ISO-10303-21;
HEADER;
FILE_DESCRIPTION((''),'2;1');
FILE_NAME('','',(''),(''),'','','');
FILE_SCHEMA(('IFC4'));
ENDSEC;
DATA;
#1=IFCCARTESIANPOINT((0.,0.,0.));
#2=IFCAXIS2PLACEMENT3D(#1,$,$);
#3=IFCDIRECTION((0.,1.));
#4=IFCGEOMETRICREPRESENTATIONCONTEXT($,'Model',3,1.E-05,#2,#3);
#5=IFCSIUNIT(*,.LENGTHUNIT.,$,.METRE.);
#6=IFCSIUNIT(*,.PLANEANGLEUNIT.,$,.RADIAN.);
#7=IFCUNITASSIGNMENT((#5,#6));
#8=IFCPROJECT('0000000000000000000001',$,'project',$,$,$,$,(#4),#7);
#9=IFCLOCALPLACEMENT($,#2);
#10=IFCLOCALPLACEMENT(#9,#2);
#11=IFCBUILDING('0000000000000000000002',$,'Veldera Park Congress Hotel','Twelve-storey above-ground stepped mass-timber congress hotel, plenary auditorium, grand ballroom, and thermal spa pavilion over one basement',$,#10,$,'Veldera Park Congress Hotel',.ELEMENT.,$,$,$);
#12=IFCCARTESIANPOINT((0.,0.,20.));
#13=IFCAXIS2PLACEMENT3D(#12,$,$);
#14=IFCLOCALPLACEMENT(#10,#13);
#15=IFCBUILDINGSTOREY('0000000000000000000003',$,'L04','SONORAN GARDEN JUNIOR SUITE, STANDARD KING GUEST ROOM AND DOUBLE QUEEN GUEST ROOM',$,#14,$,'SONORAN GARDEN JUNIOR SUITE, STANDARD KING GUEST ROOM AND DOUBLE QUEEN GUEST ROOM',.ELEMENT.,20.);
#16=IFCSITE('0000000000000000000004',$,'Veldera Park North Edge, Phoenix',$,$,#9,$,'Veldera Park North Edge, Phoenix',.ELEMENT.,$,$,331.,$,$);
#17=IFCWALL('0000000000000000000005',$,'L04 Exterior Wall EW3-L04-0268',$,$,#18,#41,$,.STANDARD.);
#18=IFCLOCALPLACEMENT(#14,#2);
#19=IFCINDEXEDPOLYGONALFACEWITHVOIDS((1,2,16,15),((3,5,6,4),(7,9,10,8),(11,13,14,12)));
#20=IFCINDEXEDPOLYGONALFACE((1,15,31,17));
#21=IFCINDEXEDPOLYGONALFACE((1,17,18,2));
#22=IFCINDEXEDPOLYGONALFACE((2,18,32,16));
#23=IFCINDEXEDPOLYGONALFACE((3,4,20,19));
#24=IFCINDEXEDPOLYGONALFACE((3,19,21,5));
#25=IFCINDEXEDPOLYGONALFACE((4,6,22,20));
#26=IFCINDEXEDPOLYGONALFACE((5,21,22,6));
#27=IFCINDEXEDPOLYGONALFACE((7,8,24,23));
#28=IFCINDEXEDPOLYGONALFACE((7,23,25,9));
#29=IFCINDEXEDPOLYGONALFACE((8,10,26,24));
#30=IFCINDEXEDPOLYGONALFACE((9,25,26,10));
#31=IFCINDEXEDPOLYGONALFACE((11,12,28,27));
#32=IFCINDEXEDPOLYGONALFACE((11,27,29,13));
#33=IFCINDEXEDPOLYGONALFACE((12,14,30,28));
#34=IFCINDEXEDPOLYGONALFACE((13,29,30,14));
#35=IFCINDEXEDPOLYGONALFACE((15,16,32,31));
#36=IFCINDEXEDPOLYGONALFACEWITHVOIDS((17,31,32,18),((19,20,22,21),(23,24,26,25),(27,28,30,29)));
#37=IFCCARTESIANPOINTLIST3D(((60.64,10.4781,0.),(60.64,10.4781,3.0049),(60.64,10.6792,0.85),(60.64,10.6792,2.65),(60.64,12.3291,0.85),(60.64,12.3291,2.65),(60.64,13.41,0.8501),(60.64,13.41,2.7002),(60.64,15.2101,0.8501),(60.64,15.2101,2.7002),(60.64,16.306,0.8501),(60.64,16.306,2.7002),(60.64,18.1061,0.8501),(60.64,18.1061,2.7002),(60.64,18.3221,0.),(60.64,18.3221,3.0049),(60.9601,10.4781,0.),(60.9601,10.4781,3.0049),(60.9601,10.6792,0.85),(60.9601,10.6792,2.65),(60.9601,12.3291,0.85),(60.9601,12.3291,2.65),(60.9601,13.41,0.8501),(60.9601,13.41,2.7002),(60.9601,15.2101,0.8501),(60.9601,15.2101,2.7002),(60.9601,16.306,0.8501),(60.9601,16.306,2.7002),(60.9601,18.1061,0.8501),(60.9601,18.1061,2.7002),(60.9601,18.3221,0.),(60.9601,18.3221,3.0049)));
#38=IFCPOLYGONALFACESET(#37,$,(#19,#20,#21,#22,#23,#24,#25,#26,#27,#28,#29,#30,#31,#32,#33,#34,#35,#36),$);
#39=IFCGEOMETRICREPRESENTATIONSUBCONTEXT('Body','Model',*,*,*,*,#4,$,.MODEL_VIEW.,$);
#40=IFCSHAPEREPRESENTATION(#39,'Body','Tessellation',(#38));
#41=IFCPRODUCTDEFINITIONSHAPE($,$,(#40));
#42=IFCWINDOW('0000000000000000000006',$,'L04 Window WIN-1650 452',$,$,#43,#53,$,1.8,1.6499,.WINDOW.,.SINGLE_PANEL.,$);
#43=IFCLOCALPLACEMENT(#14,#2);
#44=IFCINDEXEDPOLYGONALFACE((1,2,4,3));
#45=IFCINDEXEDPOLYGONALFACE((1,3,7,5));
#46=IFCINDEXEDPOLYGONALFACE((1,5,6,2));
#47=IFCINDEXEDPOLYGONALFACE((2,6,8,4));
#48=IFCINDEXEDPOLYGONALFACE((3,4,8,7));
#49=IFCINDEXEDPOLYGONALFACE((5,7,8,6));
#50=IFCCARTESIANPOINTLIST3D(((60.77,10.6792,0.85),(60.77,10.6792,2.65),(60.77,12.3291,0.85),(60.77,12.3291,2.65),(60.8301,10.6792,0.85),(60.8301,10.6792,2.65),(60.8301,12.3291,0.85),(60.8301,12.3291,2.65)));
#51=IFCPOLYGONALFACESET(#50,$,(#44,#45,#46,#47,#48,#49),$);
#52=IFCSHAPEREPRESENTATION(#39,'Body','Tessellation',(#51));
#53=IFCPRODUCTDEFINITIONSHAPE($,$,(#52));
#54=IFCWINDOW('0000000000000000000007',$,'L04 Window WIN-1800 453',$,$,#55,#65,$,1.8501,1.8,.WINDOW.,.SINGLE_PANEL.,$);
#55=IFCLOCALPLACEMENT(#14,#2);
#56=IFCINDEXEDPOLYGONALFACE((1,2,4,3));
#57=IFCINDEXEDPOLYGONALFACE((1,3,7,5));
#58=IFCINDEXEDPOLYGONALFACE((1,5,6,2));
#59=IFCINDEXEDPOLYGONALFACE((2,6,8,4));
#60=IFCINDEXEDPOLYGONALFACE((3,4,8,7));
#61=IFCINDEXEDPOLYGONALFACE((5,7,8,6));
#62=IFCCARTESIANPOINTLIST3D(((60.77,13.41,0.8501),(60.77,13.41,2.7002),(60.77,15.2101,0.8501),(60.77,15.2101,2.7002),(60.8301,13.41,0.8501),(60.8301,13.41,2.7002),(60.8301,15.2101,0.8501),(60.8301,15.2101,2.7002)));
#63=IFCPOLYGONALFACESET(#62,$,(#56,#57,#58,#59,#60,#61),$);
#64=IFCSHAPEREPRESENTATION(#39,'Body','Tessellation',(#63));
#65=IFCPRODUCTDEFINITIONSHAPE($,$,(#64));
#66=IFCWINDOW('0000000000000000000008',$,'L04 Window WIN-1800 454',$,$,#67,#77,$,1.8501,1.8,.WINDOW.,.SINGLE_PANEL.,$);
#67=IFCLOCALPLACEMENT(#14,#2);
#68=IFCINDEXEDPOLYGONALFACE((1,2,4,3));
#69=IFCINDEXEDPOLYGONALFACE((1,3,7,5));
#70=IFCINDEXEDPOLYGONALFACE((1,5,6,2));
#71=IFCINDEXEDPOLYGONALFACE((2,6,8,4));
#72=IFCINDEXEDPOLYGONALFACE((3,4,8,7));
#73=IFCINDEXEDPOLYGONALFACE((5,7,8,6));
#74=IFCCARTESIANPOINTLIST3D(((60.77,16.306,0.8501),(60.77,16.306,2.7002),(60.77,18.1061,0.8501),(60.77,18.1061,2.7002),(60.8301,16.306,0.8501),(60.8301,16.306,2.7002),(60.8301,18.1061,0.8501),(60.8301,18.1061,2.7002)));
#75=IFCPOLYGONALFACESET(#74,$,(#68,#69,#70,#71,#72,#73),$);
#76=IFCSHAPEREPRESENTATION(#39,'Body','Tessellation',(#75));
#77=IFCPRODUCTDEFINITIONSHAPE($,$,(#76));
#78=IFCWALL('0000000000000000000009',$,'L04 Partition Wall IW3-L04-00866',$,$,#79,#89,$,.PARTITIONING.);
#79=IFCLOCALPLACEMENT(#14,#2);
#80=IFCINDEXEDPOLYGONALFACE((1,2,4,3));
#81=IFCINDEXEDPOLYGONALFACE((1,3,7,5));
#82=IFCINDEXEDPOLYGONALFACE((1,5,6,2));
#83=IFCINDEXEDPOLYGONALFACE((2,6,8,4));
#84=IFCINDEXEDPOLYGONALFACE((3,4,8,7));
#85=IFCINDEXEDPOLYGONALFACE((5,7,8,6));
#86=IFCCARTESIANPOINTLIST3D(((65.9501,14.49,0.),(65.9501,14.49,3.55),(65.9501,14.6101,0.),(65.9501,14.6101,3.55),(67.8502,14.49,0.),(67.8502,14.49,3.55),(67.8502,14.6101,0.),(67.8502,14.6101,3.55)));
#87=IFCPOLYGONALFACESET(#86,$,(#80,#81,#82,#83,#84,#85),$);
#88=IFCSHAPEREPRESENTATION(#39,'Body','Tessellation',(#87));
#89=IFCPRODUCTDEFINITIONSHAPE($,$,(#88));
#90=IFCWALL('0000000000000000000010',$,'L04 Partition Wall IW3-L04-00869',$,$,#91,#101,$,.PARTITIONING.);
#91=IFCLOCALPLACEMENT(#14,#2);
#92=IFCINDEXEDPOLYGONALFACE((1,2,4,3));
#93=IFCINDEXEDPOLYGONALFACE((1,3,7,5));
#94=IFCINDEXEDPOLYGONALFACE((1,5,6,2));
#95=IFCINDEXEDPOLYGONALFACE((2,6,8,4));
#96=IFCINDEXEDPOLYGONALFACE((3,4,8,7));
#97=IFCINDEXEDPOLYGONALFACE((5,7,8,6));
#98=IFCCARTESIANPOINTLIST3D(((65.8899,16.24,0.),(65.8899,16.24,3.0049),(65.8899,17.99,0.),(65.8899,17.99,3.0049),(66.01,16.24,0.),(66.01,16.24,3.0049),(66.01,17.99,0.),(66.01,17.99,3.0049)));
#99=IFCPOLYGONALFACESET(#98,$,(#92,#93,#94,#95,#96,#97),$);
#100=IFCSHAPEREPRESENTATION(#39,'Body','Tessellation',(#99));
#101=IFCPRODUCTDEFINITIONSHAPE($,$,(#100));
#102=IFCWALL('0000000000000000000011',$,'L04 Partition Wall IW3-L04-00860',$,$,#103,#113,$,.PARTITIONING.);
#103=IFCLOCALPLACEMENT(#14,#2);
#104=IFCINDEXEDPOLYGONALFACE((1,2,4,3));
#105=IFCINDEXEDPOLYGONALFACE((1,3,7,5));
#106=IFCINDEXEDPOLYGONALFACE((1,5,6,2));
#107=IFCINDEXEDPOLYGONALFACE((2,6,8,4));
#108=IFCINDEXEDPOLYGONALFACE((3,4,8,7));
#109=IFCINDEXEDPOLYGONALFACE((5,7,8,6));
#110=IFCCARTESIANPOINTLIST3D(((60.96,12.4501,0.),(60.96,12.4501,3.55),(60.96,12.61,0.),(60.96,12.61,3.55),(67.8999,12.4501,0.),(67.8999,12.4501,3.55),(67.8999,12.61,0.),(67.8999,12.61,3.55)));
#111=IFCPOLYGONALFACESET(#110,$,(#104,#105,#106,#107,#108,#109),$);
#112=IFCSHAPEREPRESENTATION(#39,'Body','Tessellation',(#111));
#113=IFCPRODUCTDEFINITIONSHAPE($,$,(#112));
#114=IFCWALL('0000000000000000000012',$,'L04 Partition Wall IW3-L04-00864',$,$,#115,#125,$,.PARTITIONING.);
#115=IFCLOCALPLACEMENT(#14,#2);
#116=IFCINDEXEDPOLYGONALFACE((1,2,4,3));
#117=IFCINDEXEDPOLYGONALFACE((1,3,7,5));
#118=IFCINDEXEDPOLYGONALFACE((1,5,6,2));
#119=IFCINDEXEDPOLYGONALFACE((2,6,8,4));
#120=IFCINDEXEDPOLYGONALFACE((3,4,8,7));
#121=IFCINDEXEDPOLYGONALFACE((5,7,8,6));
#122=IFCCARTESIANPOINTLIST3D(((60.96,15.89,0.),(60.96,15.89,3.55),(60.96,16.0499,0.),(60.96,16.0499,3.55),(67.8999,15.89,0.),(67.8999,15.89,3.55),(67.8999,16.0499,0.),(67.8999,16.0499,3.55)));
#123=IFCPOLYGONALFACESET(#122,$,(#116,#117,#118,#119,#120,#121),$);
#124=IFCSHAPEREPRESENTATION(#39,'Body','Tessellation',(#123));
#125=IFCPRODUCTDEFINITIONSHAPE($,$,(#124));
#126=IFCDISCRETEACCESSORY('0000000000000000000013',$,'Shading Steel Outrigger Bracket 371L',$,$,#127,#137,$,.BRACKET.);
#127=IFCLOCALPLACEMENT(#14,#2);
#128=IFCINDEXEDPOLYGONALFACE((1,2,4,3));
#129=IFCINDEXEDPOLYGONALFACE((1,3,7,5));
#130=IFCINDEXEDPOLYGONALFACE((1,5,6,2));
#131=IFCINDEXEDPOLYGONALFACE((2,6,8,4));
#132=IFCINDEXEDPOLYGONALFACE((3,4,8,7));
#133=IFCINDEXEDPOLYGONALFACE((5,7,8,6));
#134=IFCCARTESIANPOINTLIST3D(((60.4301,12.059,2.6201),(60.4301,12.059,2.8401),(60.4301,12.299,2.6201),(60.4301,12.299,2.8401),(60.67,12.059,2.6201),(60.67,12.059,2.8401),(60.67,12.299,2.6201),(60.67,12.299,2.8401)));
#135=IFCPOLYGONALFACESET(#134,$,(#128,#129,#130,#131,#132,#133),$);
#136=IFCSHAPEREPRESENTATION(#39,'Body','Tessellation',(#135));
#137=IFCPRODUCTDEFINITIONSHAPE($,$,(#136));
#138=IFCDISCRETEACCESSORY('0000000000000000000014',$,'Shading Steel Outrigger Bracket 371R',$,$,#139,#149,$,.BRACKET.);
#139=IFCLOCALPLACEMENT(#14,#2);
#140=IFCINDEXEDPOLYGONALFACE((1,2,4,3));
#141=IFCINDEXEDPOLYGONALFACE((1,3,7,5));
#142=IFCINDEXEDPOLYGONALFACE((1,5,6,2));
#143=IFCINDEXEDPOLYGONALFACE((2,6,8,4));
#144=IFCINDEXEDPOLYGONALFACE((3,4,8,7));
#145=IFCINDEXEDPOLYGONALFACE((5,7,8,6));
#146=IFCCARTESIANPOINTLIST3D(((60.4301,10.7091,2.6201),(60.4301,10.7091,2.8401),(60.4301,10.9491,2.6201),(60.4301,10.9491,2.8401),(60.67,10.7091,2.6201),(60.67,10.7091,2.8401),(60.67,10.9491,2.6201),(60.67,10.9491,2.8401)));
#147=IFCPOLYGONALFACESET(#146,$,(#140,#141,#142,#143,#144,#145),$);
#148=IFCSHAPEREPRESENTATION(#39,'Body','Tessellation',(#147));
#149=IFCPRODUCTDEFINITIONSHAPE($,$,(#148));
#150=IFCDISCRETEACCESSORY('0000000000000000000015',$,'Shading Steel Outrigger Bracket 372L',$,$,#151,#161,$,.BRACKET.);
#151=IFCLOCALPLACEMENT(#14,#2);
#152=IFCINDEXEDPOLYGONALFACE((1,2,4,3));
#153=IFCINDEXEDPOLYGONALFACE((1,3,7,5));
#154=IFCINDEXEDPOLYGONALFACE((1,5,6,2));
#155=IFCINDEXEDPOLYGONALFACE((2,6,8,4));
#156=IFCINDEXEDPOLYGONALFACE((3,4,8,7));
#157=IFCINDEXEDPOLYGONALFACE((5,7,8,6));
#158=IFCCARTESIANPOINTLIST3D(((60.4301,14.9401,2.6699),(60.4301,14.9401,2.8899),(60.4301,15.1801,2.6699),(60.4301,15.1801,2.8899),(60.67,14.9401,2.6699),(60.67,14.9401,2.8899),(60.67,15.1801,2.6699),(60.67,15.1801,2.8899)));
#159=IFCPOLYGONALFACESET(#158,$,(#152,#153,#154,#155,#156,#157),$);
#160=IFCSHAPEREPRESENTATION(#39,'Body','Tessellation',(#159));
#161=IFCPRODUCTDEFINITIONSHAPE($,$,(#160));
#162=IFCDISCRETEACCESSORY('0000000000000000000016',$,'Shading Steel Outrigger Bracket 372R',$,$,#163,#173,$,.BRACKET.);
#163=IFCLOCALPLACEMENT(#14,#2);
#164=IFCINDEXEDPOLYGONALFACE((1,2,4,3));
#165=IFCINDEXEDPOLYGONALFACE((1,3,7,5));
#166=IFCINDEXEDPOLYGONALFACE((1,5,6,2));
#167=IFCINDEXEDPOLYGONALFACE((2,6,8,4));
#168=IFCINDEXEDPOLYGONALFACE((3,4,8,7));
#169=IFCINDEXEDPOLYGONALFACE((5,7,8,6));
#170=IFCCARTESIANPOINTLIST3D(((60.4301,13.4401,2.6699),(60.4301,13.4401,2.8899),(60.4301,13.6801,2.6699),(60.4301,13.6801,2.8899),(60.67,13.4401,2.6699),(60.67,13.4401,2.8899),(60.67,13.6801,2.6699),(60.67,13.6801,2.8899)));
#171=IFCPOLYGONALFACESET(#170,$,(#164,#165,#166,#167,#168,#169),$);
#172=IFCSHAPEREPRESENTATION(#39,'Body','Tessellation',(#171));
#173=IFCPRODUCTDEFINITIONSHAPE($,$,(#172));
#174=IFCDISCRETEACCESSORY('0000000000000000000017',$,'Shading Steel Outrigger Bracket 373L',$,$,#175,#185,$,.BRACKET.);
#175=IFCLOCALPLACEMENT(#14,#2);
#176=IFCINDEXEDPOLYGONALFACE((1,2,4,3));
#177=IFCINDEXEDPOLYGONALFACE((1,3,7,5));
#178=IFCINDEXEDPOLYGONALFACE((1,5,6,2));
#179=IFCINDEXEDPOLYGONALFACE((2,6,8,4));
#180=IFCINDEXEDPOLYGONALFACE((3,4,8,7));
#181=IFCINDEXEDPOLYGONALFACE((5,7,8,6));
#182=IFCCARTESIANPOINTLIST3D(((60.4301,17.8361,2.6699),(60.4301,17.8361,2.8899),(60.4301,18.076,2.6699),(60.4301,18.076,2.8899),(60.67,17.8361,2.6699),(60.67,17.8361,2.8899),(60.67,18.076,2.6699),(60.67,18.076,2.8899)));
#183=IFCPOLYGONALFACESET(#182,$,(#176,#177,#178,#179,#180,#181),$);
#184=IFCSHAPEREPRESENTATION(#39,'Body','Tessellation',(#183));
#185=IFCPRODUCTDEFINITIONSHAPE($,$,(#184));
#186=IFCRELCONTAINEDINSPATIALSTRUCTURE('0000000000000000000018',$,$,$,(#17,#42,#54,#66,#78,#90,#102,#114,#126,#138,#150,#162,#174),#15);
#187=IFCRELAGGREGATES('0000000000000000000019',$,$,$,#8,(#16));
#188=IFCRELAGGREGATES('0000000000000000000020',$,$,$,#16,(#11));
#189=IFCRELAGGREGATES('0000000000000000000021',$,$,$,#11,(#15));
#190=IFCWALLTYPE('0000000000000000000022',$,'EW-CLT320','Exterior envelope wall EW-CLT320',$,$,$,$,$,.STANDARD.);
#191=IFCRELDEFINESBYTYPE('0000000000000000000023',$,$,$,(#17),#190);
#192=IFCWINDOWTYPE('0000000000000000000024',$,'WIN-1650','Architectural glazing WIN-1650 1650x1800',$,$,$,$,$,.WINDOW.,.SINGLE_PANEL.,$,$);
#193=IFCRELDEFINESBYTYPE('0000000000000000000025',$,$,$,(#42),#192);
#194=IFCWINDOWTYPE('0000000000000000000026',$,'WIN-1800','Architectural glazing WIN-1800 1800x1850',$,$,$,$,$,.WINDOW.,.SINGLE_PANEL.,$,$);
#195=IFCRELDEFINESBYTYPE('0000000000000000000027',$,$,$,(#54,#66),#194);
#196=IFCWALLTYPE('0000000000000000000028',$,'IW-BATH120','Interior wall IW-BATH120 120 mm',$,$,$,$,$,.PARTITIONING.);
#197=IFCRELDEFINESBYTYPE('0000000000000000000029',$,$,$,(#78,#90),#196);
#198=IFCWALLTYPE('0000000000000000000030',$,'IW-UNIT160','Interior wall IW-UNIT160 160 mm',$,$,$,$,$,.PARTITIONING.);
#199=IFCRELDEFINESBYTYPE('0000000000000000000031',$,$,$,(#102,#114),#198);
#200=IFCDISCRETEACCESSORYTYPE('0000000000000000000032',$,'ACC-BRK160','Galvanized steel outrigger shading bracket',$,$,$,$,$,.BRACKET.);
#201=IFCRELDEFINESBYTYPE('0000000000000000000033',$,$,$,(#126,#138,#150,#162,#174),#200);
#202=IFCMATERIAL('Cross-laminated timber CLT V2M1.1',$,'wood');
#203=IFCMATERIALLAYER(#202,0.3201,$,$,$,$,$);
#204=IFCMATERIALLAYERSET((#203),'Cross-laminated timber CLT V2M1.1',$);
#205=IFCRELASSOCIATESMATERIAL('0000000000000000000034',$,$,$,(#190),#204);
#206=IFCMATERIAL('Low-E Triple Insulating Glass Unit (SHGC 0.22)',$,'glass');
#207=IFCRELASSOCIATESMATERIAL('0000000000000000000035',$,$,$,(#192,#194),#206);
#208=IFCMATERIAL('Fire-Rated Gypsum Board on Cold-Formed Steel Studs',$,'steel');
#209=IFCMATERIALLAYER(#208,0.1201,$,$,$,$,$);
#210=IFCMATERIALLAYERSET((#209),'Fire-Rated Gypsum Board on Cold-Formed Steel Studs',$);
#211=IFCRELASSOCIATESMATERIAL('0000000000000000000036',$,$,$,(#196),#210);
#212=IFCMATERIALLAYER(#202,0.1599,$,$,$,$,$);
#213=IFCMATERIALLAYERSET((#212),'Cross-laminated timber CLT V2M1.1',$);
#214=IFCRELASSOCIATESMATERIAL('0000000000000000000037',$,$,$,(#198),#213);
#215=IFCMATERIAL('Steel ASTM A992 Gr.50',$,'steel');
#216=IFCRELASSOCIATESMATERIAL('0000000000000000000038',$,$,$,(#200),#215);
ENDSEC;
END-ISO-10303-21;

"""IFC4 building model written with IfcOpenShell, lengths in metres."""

from ifc_helpers import new_model, si_unit, direction, frame, frame_2d, origin, origin_2d, place, context, subcontext, project, spatial, rectangle, extrude, material, layer, layer_set, type_object, element, fill, save


model = new_model("IFC4")

# Units and contexts
model_context = context("Model", 3, precision=1e-05, world=origin(), true_north=direction((0.0, 1.0)))
body_context = subcontext(model_context, "Body", "Model", "MODEL_VIEW")
ifc_project = project(units=[si_unit("LENGTHUNIT", "METRE"), si_unit("PLANEANGLEUNIT", "RADIAN")], contexts=[model_context])

# Site, building, storey
site_placement = place(None, origin())
site = spatial("IfcSite", under=ifc_project, at=site_placement, Name="Veldera Park North Edge, Phoenix", LongName="Veldera Park North Edge, Phoenix", CompositionType="ELEMENT", RefElevation=331.0)
building_placement = place(site_placement, origin())
building = spatial("IfcBuilding", under=site, at=building_placement, Name="Veldera Park Congress Hotel", Description="Twelve-storey above-ground stepped mass-timber congress hotel, plenary auditorium, grand ballroom, and thermal spa pavilion over one basement", LongName="Veldera Park Congress Hotel", CompositionType="ELEMENT")
storey_placement = place(building_placement, frame((0.0, 0.0, 20.0)))
storey = spatial("IfcBuildingStorey", under=building, at=storey_placement, Name="L04", Description="SONORAN GARDEN JUNIOR SUITE, STANDARD KING GUEST ROOM AND DOUBLE QUEEN GUEST ROOM", LongName="SONORAN GARDEN JUNIOR SUITE, STANDARD KING GUEST ROOM AND DOUBLE QUEEN GUEST ROOM", CompositionType="ELEMENT", Elevation=20.0)

# Wall, openings, windows
ifc_material_1 = material(Name="Cross-laminated timber CLT V2M1.1", Category="wood")
ifc_layer_1 = layer(ifc_material_1, 0.3201)
ifc_layer_set_1 = layer_set([ifc_layer_1], Name="Cross-laminated timber CLT V2M1.1")
wall_type_1 = type_object("IfcWallType", Name="EW-CLT320", Description="Exterior envelope wall EW-CLT320", PredefinedType="STANDARD", material=ifc_layer_set_1)
wall_1_placement = place(storey_placement, frame((60.8, 18.322, 0.0), z_axis=(0.0, 0.0, 1.0), x_axis=(0.0, -1.0, 0.0)))
wall_1 = element("IfcWall", 1, at=wall_1_placement, inside=storey, type_object=wall_type_1, Name="L04 Exterior Wall EW3-L04-0268", PredefinedType="STANDARD", context=body_context, shape_type="SweptSolid", body=[
    extrude(rectangle(XDim=7.844, YDim=0.3201, at=frame_2d((3.9219, 0.0))), origin(), (0.0, 0.0, 1.0), 3.0049),
])
opening_1_placement = place(wall_1_placement, frame((5.9929, 0.0, 0.8501)))
opening_1 = element("IfcOpeningElement", 2, at=opening_1_placement, cuts=wall_1, PredefinedType="OPENING", context=body_context, shape_type="SweptSolid", body=[
    extrude(rectangle(XDim=1.6499, YDim=1.8, at=frame_2d((0.825, 0.8999))), frame((0.0, 0.1721, 0.0), z_axis=(0.0, -1.0, 0.0), x_axis=(1.0, 0.0, 0.0)), (0.0, 0.0, 1.0), 0.344),
])
opening_2_placement = place(wall_1_placement, frame((3.1121, 0.0, 0.8501)))
opening_2 = element("IfcOpeningElement", 3, at=opening_2_placement, cuts=wall_1, PredefinedType="OPENING", context=body_context, shape_type="SweptSolid", body=[
    extrude(rectangle(XDim=1.8, YDim=1.8501, at=frame_2d((0.8999, 0.925))), frame((0.0, 0.1721, 0.0), z_axis=(0.0, -1.0, 0.0), x_axis=(1.0, 0.0, 0.0)), (0.0, 0.0, 1.0), 0.344),
])
opening_3_placement = place(wall_1_placement, frame((0.2161, 0.0, 0.8501)))
opening_3 = element("IfcOpeningElement", 4, at=opening_3_placement, cuts=wall_1, PredefinedType="OPENING", context=body_context, shape_type="SweptSolid", body=[
    extrude(rectangle(XDim=1.8, YDim=1.8501, at=frame_2d((0.8999, 0.925))), frame((0.0, 0.1721, 0.0), z_axis=(0.0, -1.0, 0.0), x_axis=(1.0, 0.0, 0.0)), (0.0, 0.0, 1.0), 0.344),
])
ifc_material_2 = material(Name="Low-E Triple Insulating Glass Unit (SHGC 0.22)", Category="glass")
window_type_1 = type_object("IfcWindowType", Name="WIN-1650", Description="Architectural glazing WIN-1650 1650x1800", PartitioningType="SINGLE_PANEL", PredefinedType="WINDOW", material=ifc_material_2)
window_1_placement = place(opening_1_placement, origin())
window_1 = element("IfcWindow", 5, at=window_1_placement, inside=storey, type_object=window_type_1, Name="L04 Window WIN-1650 452", OverallHeight=1.8, OverallWidth=1.6499, PartitioningType="SINGLE_PANEL", PredefinedType="WINDOW", context=body_context, shape_type="SweptSolid", body=[
    extrude(rectangle(XDim=1.6499, YDim=1.8, at=frame_2d((0.825, 0.8999))), frame((0.0, 0.03, 0.0), z_axis=(0.0, -1.0, 0.0), x_axis=(1.0, 0.0, 0.0)), (0.0, 0.0, 1.0), 0.0601),
])
fill(opening_1, window_1)
window_type_2 = type_object("IfcWindowType", Name="WIN-1800", Description="Architectural glazing WIN-1800 1800x1850", PartitioningType="SINGLE_PANEL", PredefinedType="WINDOW", material=ifc_material_2)
window_2_placement = place(opening_2_placement, origin())
window_2 = element("IfcWindow", 6, at=window_2_placement, inside=storey, type_object=window_type_2, Name="L04 Window WIN-1800 453", OverallHeight=1.8501, OverallWidth=1.8, PartitioningType="SINGLE_PANEL", PredefinedType="WINDOW", context=body_context, shape_type="SweptSolid", body=[
    extrude(rectangle(XDim=1.8, YDim=1.8501, at=frame_2d((0.8999, 0.925))), frame((0.0, 0.03, 0.0), z_axis=(0.0, -1.0, 0.0), x_axis=(1.0, 0.0, 0.0)), (0.0, 0.0, 1.0), 0.0601),
])
fill(opening_2, window_2)
window_3_placement = place(opening_3_placement, origin())
window_3 = element("IfcWindow", 7, at=window_3_placement, inside=storey, type_object=window_type_2, Name="L04 Window WIN-1800 454", OverallHeight=1.8501, OverallWidth=1.8, PartitioningType="SINGLE_PANEL", PredefinedType="WINDOW", context=body_context, shape_type="SweptSolid", body=[
    extrude(rectangle(XDim=1.8, YDim=1.8501, at=frame_2d((0.8999, 0.925))), frame((0.0, 0.03, 0.0), z_axis=(0.0, -1.0, 0.0), x_axis=(1.0, 0.0, 0.0)), (0.0, 0.0, 1.0), 0.0601),
])
fill(opening_3, window_3)

# Shared definitions
ifc_material_3 = material(Name="Fire-Rated Gypsum Board on Cold-Formed Steel Studs", Category="steel")
ifc_layer_2 = layer(ifc_material_3, 0.1201)
ifc_layer_set_2 = layer_set([ifc_layer_2], Name="Fire-Rated Gypsum Board on Cold-Formed Steel Studs")
wall_type_2 = type_object("IfcWallType", Name="IW-BATH120", Description="Interior wall IW-BATH120 120 mm", PredefinedType="PARTITIONING", material=ifc_layer_set_2)

# Walls
wall_2_placement = place(storey_placement, frame((65.95, 14.55, 0.0), z_axis=(0.0, 0.0, 1.0), x_axis=(1.0, 0.0, 0.0)))
element("IfcWall", 8, at=wall_2_placement, inside=storey, type_object=wall_type_2, Name="L04 Partition Wall IW3-L04-00866", PredefinedType="PARTITIONING", context=body_context, shape_type="SweptSolid", body=[
    extrude(rectangle(XDim=1.9001, YDim=0.1201, at=frame_2d((0.9502, 0.0))), origin(), (0.0, 0.0, 1.0), 3.55),
])
wall_3_placement = place(storey_placement, frame((65.95, 16.24, 0.0), z_axis=(0.0, 0.0, 1.0), x_axis=(0.0, 1.0, 0.0)))
element("IfcWall", 9, at=wall_3_placement, inside=storey, type_object=wall_type_2, Name="L04 Partition Wall IW3-L04-00869", PredefinedType="PARTITIONING", context=body_context, shape_type="SweptSolid", body=[
    extrude(rectangle(XDim=1.75, YDim=0.1201, at=frame_2d((0.875, 0.0))), origin(), (0.0, 0.0, 1.0), 3.0049),
])

# Walls
ifc_layer_3 = layer(ifc_material_1, 0.1599)
ifc_layer_set_3 = layer_set([ifc_layer_3], Name="Cross-laminated timber CLT V2M1.1")
wall_type_3 = type_object("IfcWallType", Name="IW-UNIT160", Description="Interior wall IW-UNIT160 160 mm", PredefinedType="PARTITIONING", material=ifc_layer_set_3)
for number, where, z_axis, x_axis, name in (
    (10, (60.96, 12.53, 0.0), (0.0, 0.0, 1.0), (1.0, 0.0, 0.0), "L04 Partition Wall IW3-L04-00860"),
    (11, (60.96, 15.97, 0.0), (0.0, 0.0, 1.0), (1.0, 0.0, 0.0), "L04 Partition Wall IW3-L04-00864"),
):
    element("IfcWall", number, at=place(storey_placement, frame(where, z_axis=z_axis, x_axis=x_axis)), inside=storey, type_object=wall_type_3, Name=name, PredefinedType="PARTITIONING", context=body_context, shape_type="SweptSolid", body=[
        extrude(rectangle(XDim=6.9399, YDim=0.1599, at=frame_2d((3.47, 0.0))), origin(), (0.0, 0.0, 1.0), 3.55),
    ])

# Discrete accessories
ifc_material_4 = material(Name="Steel ASTM A992 Gr.50", Category="steel")
discrete_accessory_type = type_object("IfcDiscreteAccessoryType", Name="ACC-BRK160", Description="Galvanized steel outrigger shading bracket", PredefinedType="BRACKET", material=ifc_material_4)
for number, where, z_axis, x_axis, name in (
    (12, (60.55, 12.179, 2.6201), (0.0, 0.0, 1.0), (0.0, -1.0, 0.0), "Shading Steel Outrigger Bracket 371L"),
    (13, (60.55, 10.8291, 2.6201), (0.0, 0.0, 1.0), (0.0, -1.0, 0.0), "Shading Steel Outrigger Bracket 371R"),
    (14, (60.55, 15.0601, 2.6699), (0.0, 0.0, 1.0), (0.0, -1.0, 0.0), "Shading Steel Outrigger Bracket 372L"),
    (15, (60.55, 13.5601, 2.6699), (0.0, 0.0, 1.0), (0.0, -1.0, 0.0), "Shading Steel Outrigger Bracket 372R"),
    (16, (60.55, 17.9561, 2.6699), (0.0, 0.0, 1.0), (0.0, -1.0, 0.0), "Shading Steel Outrigger Bracket 373L"),
):
    element("IfcDiscreteAccessory", number, at=place(storey_placement, frame(where, z_axis=z_axis, x_axis=x_axis)), inside=storey, type_object=discrete_accessory_type, Name=name, PredefinedType="BRACKET", context=body_context, shape_type="SweptSolid", body=[
        extrude(rectangle(XDim=0.24, YDim=0.24, at=origin_2d()), origin(), (0.0, 0.0, 1.0), 0.22),
    ])

save(model, "model.ifc")
